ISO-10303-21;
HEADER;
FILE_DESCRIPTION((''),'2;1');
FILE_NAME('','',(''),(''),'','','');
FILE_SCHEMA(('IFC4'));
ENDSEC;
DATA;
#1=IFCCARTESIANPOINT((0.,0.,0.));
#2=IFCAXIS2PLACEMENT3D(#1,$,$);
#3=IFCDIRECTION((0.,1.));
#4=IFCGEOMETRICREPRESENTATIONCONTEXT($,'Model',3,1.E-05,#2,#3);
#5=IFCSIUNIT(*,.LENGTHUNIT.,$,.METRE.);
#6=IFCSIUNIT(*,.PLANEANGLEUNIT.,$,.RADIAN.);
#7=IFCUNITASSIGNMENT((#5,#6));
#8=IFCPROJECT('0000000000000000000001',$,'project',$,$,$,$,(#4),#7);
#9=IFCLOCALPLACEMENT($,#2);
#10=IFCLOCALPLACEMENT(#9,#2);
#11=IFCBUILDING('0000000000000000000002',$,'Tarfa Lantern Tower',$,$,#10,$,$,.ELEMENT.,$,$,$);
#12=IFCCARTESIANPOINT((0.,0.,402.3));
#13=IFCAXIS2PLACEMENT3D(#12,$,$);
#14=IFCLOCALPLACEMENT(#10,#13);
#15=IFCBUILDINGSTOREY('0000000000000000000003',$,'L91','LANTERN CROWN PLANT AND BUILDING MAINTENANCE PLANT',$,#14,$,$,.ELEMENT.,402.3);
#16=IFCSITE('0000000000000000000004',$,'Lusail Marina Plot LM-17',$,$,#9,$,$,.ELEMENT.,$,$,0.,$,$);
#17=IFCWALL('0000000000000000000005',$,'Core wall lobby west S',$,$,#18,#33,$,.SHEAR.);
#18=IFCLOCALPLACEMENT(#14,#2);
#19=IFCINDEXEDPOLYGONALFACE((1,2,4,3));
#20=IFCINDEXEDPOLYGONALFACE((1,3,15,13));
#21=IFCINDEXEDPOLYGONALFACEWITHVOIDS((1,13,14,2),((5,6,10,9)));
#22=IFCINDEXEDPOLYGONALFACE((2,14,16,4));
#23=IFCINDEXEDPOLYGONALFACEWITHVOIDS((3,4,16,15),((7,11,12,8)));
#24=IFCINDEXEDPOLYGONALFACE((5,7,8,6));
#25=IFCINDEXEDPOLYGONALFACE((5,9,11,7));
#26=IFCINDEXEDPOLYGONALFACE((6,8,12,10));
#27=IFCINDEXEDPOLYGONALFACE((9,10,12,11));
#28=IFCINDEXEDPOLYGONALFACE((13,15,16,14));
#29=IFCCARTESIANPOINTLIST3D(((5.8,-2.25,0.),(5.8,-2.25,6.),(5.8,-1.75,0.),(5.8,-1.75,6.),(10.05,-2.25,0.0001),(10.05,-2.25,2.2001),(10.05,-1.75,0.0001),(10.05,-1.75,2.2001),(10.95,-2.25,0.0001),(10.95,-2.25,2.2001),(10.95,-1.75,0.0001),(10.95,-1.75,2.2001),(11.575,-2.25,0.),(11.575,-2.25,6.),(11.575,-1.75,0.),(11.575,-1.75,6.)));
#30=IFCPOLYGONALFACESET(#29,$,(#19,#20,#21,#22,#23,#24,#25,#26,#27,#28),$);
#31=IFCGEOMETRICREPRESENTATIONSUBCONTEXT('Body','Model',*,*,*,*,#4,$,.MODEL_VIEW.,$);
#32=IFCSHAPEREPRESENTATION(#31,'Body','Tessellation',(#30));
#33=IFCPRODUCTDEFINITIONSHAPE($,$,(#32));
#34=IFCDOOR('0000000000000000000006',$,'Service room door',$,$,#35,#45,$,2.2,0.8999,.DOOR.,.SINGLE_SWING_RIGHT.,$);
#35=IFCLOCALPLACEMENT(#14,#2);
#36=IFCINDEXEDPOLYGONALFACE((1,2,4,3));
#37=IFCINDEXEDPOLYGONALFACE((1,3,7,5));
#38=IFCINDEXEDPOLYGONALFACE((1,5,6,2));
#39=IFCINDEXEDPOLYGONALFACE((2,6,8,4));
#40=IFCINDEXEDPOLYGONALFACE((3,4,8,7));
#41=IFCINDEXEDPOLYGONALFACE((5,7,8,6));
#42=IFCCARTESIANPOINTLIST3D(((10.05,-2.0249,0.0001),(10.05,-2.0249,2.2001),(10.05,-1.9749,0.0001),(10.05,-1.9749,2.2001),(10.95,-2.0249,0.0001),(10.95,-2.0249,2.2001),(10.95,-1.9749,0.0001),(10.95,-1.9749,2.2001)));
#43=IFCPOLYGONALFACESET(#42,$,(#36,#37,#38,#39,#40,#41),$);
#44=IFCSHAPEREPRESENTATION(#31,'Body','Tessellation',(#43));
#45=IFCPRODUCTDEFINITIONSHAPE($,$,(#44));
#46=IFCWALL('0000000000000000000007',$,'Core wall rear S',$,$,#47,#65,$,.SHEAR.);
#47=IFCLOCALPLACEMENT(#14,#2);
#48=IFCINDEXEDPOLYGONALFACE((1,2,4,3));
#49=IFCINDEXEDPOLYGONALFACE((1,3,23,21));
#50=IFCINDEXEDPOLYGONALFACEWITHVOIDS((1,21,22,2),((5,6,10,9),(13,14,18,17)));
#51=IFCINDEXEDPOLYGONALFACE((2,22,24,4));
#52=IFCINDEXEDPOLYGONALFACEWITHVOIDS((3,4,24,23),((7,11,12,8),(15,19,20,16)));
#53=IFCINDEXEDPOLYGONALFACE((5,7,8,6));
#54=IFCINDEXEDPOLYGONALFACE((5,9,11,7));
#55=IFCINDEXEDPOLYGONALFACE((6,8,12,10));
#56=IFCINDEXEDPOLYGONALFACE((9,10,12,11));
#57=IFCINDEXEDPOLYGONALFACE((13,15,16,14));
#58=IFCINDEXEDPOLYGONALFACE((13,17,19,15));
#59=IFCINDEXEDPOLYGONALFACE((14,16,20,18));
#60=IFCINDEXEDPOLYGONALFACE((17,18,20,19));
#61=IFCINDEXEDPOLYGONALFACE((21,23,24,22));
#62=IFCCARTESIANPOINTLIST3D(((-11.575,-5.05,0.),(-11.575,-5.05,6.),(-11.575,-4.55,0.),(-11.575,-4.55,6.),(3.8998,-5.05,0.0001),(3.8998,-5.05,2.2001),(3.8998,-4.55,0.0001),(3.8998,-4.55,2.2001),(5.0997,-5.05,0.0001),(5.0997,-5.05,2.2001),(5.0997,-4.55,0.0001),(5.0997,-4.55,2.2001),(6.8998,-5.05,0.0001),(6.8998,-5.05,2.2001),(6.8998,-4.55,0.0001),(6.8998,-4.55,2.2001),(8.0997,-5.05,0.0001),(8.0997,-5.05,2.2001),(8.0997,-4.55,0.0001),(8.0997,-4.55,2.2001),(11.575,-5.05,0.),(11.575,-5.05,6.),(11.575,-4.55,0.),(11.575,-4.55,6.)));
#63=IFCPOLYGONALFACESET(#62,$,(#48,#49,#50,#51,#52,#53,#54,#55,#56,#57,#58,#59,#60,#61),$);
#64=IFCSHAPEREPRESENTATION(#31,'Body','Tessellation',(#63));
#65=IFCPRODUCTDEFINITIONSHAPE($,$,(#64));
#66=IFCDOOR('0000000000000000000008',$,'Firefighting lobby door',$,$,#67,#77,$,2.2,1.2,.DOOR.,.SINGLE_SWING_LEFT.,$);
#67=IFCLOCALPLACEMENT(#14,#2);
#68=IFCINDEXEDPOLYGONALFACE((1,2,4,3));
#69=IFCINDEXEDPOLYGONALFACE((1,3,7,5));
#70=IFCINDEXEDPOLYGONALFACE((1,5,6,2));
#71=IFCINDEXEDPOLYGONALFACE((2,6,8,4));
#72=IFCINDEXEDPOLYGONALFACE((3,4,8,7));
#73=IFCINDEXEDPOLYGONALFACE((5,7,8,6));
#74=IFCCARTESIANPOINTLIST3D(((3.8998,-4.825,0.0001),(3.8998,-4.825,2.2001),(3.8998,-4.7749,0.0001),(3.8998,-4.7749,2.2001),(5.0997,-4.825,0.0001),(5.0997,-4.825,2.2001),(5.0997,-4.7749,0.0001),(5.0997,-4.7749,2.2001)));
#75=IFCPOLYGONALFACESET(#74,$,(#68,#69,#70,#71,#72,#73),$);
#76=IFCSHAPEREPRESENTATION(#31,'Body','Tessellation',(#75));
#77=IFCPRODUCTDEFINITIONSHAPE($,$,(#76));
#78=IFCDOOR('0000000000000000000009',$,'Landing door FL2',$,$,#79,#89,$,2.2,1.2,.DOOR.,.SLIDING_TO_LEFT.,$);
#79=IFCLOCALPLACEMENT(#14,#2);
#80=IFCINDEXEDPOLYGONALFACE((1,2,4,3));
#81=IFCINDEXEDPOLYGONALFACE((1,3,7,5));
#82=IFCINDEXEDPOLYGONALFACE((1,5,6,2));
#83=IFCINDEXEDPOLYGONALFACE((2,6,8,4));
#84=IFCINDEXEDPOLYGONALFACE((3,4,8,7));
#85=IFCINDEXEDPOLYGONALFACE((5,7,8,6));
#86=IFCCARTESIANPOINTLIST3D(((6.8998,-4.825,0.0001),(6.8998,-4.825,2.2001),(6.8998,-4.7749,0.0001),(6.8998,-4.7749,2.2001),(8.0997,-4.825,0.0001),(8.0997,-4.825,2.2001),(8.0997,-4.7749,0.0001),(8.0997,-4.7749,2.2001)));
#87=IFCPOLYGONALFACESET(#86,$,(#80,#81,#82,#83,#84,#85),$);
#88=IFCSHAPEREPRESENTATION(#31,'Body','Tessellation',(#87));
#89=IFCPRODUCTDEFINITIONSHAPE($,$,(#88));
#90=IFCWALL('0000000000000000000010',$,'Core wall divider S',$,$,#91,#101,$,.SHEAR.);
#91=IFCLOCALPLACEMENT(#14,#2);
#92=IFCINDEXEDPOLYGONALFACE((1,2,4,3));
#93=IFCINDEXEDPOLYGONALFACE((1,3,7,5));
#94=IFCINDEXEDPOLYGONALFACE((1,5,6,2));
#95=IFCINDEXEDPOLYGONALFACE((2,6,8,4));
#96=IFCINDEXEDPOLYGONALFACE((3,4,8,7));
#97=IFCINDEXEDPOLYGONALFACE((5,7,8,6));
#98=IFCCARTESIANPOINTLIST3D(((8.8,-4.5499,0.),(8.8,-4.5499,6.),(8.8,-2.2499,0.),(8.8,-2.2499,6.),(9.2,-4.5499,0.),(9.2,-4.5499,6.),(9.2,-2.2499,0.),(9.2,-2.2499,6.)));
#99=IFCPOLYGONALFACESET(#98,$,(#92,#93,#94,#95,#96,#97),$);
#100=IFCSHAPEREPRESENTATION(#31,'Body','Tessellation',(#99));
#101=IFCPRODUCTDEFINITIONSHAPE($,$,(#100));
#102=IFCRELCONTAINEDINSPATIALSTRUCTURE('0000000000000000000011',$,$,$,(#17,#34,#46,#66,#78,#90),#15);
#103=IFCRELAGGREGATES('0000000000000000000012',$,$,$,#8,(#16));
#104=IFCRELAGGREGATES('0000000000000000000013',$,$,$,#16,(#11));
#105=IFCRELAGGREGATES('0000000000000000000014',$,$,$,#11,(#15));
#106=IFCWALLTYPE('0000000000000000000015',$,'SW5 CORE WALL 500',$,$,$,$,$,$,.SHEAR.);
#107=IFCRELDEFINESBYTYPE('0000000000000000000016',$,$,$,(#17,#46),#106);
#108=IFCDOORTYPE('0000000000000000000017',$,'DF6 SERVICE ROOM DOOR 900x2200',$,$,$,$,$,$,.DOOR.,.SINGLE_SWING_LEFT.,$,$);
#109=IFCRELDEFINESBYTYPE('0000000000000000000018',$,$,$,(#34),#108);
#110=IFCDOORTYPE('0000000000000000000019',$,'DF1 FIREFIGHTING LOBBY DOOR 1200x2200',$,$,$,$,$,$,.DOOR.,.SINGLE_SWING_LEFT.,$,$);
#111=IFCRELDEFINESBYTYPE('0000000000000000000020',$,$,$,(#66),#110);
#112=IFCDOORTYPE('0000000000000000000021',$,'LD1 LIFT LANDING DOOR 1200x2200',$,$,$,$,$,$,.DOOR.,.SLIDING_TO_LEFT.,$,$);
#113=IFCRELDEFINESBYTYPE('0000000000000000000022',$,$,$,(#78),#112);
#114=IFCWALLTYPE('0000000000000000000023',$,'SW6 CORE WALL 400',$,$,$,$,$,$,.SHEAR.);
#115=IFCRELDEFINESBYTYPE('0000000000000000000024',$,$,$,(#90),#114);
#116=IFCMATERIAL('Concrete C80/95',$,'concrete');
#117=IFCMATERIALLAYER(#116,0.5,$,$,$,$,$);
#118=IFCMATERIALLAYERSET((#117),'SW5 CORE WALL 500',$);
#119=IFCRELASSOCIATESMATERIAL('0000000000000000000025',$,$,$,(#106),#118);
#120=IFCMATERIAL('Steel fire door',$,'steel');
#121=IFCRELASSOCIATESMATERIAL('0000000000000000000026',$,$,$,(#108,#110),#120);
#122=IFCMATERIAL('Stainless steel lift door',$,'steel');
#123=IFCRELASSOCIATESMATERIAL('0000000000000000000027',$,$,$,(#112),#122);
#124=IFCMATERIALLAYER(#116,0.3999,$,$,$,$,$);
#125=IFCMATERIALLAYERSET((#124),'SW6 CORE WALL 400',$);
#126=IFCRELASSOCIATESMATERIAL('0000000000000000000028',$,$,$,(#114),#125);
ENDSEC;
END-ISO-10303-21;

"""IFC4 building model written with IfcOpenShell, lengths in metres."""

from ifc_helpers import new_model, si_unit, direction, frame, frame_2d, origin, place, context, subcontext, project, spatial, rectangle, extrude, material, layer, layer_set, type_object, element, fill, save


model = new_model("IFC4")

# Units and contexts
model_context = context("Model", 3, precision=1e-05, world=origin(), true_north=direction((0.0, 1.0)))
body_context = subcontext(model_context, "Body", "Model", "MODEL_VIEW")
ifc_project = project(units=[si_unit("LENGTHUNIT", "METRE"), si_unit("PLANEANGLEUNIT", "RADIAN")], contexts=[model_context])

# Site, building, storey
site_placement = place(None, origin())
site = spatial("IfcSite", under=ifc_project, at=site_placement, Name="Lusail Marina Plot LM-17", CompositionType="ELEMENT", RefElevation=0.0)
building_placement = place(site_placement, origin())
building = spatial("IfcBuilding", under=site, at=building_placement, Name="Tarfa Lantern Tower", CompositionType="ELEMENT")
storey_placement = place(building_placement, frame((0.0, 0.0, 402.3)))
storey = spatial("IfcBuildingStorey", under=building, at=storey_placement, Name="L91", Description="LANTERN CROWN PLANT AND BUILDING MAINTENANCE PLANT", CompositionType="ELEMENT", Elevation=402.3)

# Wall, opening, door
ifc_material_1 = material(Name="Concrete C80/95", Category="concrete")
ifc_material_2 = material(Name="Steel fire door", Category="steel")
ifc_layer_1 = layer(ifc_material_1, 0.5)
ifc_layer_set_1 = layer_set([ifc_layer_1], Name="SW5 CORE WALL 500")
wall_type_1 = type_object("IfcWallType", Name="SW5 CORE WALL 500", PredefinedType="SHEAR", material=ifc_layer_set_1)
wall_1_placement = place(storey_placement, frame((11.575, -2.0, 0.0), z_axis=(0.0, 0.0, 1.0), x_axis=(-1.0, 0.0, 0.0)))
wall_1 = element("IfcWall", 1, at=wall_1_placement, inside=storey, type_object=wall_type_1, Name="Core wall lobby west S", PredefinedType="SHEAR", context=body_context, shape_type="SweptSolid", body=[
    extrude(rectangle(XDim=5.7749, YDim=0.5, at=frame_2d((2.8875, 0.0))), origin(), (0.0, 0.0, 1.0), 6.0),
])
opening_1_placement = place(wall_1_placement, frame((0.625, 0.0, 0.0)))
opening_1 = element("IfcOpeningElement", 2, at=opening_1_placement, cuts=wall_1, PredefinedType="OPENING", context=body_context, shape_type="SweptSolid", body=[
    extrude(rectangle(XDim=0.8999, YDim=2.2, at=frame_2d((0.45, 1.1001))), frame((0.0, 0.26, 0.0), z_axis=(0.0, -1.0, 0.0), x_axis=(1.0, 0.0, 0.0)), (0.0, 0.0, 1.0), 0.52),
])
door_type_1 = type_object("IfcDoorType", Name="DF6 SERVICE ROOM DOOR 900x2200", OperationType="SINGLE_SWING_LEFT", PredefinedType="DOOR", material=ifc_material_2)
door_1_placement = place(opening_1_placement, origin())
door_1 = element("IfcDoor", 3, at=door_1_placement, inside=storey, type_object=door_type_1, Name="Service room door", OperationType="SINGLE_SWING_RIGHT", OverallHeight=2.2, OverallWidth=0.8999, PredefinedType="DOOR", context=body_context, shape_type="SweptSolid", body=[
    extrude(rectangle(XDim=0.8999, YDim=2.2, at=frame_2d((0.45, 1.1001))), frame((0.0, 0.0249, 0.0), z_axis=(0.0, -1.0, 0.0), x_axis=(1.0, 0.0, 0.0)), (0.0, 0.0, 1.0), 0.05),
])
fill(opening_1, door_1)

# Wall, openings, doors
wall_2_placement = place(storey_placement, frame((11.575, -4.8, 0.0), z_axis=(0.0, 0.0, 1.0), x_axis=(-1.0, 0.0, 0.0)))
wall_2 = element("IfcWall", 4, at=wall_2_placement, inside=storey, type_object=wall_type_1, Name="Core wall rear S", PredefinedType="SHEAR", context=body_context, shape_type="SweptSolid", body=[
    extrude(rectangle(XDim=23.1499, YDim=0.5, at=frame_2d((11.575, 0.0))), origin(), (0.0, 0.0, 1.0), 6.0),
])
opening_2_placement = place(wall_2_placement, frame((6.4751, 0.0, 0.0)))
opening_2 = element("IfcOpeningElement", 5, at=opening_2_placement, cuts=wall_2, PredefinedType="OPENING", context=body_context, shape_type="SweptSolid", body=[
    extrude(rectangle(XDim=1.2, YDim=2.2, at=frame_2d((0.6001, 1.1001))), frame((0.0, 0.26, 0.0), z_axis=(0.0, -1.0, 0.0), x_axis=(1.0, 0.0, 0.0)), (0.0, 0.0, 1.0), 0.52),
])
opening_3_placement = place(wall_2_placement, frame((3.4751, 0.0, 0.0)))
opening_3 = element("IfcOpeningElement", 6, at=opening_3_placement, cuts=wall_2, PredefinedType="OPENING", context=body_context, shape_type="SweptSolid", body=[
    extrude(rectangle(XDim=1.2, YDim=2.2, at=frame_2d((0.6001, 1.1001))), frame((0.0, 0.26, 0.0), z_axis=(0.0, -1.0, 0.0), x_axis=(1.0, 0.0, 0.0)), (0.0, 0.0, 1.0), 0.52),
])
door_type_2 = type_object("IfcDoorType", Name="DF1 FIREFIGHTING LOBBY DOOR 1200x2200", OperationType="SINGLE_SWING_LEFT", PredefinedType="DOOR", material=ifc_material_2)
door_2_placement = place(opening_2_placement, origin())
door_2 = element("IfcDoor", 7, at=door_2_placement, inside=storey, type_object=door_type_2, Name="Firefighting lobby door", OperationType="SINGLE_SWING_LEFT", OverallHeight=2.2, OverallWidth=1.2, PredefinedType="DOOR", context=body_context, shape_type="SweptSolid", body=[
    extrude(rectangle(XDim=1.2, YDim=2.2, at=frame_2d((0.6001, 1.1001))), frame((0.0, 0.0249, 0.0), z_axis=(0.0, -1.0, 0.0), x_axis=(1.0, 0.0, 0.0)), (0.0, 0.0, 1.0), 0.05),
])
fill(opening_2, door_2)
ifc_material_3 = material(Name="Stainless steel lift door", Category="steel")
door_type_3 = type_object("IfcDoorType", Name="LD1 LIFT LANDING DOOR 1200x2200", OperationType="SLIDING_TO_LEFT", PredefinedType="DOOR", material=ifc_material_3)
door_3_placement = place(opening_3_placement, origin())
door_3 = element("IfcDoor", 8, at=door_3_placement, inside=storey, type_object=door_type_3, Name="Landing door FL2", OperationType="SLIDING_TO_LEFT", OverallHeight=2.2, OverallWidth=1.2, PredefinedType="DOOR", context=body_context, shape_type="SweptSolid", body=[
    extrude(rectangle(XDim=1.2, YDim=2.2, at=frame_2d((0.6001, 1.1001))), frame((0.0, 0.0249, 0.0), z_axis=(0.0, -1.0, 0.0), x_axis=(1.0, 0.0, 0.0)), (0.0, 0.0, 1.0), 0.05),
])
fill(opening_3, door_3)

# Wall
ifc_layer_2 = layer(ifc_material_1, 0.3999)
ifc_layer_set_2 = layer_set([ifc_layer_2], Name="SW6 CORE WALL 400")
wall_type_2 = type_object("IfcWallType", Name="SW6 CORE WALL 400", PredefinedType="SHEAR", material=ifc_layer_set_2)
wall_3_placement = place(storey_placement, frame((9.0, -2.25, 0.0), z_axis=(0.0, 0.0, 1.0), x_axis=(0.0, -1.0, 0.0)))
element("IfcWall", 9, at=wall_3_placement, inside=storey, type_object=wall_type_2, Name="Core wall divider S", PredefinedType="SHEAR", context=body_context, shape_type="SweptSolid", body=[
    extrude(rectangle(XDim=2.3, YDim=0.3999, at=frame_2d((1.1499, 0.0))), origin(), (0.0, 0.0, 1.0), 6.0),
])

save(model, "model.ifc")
